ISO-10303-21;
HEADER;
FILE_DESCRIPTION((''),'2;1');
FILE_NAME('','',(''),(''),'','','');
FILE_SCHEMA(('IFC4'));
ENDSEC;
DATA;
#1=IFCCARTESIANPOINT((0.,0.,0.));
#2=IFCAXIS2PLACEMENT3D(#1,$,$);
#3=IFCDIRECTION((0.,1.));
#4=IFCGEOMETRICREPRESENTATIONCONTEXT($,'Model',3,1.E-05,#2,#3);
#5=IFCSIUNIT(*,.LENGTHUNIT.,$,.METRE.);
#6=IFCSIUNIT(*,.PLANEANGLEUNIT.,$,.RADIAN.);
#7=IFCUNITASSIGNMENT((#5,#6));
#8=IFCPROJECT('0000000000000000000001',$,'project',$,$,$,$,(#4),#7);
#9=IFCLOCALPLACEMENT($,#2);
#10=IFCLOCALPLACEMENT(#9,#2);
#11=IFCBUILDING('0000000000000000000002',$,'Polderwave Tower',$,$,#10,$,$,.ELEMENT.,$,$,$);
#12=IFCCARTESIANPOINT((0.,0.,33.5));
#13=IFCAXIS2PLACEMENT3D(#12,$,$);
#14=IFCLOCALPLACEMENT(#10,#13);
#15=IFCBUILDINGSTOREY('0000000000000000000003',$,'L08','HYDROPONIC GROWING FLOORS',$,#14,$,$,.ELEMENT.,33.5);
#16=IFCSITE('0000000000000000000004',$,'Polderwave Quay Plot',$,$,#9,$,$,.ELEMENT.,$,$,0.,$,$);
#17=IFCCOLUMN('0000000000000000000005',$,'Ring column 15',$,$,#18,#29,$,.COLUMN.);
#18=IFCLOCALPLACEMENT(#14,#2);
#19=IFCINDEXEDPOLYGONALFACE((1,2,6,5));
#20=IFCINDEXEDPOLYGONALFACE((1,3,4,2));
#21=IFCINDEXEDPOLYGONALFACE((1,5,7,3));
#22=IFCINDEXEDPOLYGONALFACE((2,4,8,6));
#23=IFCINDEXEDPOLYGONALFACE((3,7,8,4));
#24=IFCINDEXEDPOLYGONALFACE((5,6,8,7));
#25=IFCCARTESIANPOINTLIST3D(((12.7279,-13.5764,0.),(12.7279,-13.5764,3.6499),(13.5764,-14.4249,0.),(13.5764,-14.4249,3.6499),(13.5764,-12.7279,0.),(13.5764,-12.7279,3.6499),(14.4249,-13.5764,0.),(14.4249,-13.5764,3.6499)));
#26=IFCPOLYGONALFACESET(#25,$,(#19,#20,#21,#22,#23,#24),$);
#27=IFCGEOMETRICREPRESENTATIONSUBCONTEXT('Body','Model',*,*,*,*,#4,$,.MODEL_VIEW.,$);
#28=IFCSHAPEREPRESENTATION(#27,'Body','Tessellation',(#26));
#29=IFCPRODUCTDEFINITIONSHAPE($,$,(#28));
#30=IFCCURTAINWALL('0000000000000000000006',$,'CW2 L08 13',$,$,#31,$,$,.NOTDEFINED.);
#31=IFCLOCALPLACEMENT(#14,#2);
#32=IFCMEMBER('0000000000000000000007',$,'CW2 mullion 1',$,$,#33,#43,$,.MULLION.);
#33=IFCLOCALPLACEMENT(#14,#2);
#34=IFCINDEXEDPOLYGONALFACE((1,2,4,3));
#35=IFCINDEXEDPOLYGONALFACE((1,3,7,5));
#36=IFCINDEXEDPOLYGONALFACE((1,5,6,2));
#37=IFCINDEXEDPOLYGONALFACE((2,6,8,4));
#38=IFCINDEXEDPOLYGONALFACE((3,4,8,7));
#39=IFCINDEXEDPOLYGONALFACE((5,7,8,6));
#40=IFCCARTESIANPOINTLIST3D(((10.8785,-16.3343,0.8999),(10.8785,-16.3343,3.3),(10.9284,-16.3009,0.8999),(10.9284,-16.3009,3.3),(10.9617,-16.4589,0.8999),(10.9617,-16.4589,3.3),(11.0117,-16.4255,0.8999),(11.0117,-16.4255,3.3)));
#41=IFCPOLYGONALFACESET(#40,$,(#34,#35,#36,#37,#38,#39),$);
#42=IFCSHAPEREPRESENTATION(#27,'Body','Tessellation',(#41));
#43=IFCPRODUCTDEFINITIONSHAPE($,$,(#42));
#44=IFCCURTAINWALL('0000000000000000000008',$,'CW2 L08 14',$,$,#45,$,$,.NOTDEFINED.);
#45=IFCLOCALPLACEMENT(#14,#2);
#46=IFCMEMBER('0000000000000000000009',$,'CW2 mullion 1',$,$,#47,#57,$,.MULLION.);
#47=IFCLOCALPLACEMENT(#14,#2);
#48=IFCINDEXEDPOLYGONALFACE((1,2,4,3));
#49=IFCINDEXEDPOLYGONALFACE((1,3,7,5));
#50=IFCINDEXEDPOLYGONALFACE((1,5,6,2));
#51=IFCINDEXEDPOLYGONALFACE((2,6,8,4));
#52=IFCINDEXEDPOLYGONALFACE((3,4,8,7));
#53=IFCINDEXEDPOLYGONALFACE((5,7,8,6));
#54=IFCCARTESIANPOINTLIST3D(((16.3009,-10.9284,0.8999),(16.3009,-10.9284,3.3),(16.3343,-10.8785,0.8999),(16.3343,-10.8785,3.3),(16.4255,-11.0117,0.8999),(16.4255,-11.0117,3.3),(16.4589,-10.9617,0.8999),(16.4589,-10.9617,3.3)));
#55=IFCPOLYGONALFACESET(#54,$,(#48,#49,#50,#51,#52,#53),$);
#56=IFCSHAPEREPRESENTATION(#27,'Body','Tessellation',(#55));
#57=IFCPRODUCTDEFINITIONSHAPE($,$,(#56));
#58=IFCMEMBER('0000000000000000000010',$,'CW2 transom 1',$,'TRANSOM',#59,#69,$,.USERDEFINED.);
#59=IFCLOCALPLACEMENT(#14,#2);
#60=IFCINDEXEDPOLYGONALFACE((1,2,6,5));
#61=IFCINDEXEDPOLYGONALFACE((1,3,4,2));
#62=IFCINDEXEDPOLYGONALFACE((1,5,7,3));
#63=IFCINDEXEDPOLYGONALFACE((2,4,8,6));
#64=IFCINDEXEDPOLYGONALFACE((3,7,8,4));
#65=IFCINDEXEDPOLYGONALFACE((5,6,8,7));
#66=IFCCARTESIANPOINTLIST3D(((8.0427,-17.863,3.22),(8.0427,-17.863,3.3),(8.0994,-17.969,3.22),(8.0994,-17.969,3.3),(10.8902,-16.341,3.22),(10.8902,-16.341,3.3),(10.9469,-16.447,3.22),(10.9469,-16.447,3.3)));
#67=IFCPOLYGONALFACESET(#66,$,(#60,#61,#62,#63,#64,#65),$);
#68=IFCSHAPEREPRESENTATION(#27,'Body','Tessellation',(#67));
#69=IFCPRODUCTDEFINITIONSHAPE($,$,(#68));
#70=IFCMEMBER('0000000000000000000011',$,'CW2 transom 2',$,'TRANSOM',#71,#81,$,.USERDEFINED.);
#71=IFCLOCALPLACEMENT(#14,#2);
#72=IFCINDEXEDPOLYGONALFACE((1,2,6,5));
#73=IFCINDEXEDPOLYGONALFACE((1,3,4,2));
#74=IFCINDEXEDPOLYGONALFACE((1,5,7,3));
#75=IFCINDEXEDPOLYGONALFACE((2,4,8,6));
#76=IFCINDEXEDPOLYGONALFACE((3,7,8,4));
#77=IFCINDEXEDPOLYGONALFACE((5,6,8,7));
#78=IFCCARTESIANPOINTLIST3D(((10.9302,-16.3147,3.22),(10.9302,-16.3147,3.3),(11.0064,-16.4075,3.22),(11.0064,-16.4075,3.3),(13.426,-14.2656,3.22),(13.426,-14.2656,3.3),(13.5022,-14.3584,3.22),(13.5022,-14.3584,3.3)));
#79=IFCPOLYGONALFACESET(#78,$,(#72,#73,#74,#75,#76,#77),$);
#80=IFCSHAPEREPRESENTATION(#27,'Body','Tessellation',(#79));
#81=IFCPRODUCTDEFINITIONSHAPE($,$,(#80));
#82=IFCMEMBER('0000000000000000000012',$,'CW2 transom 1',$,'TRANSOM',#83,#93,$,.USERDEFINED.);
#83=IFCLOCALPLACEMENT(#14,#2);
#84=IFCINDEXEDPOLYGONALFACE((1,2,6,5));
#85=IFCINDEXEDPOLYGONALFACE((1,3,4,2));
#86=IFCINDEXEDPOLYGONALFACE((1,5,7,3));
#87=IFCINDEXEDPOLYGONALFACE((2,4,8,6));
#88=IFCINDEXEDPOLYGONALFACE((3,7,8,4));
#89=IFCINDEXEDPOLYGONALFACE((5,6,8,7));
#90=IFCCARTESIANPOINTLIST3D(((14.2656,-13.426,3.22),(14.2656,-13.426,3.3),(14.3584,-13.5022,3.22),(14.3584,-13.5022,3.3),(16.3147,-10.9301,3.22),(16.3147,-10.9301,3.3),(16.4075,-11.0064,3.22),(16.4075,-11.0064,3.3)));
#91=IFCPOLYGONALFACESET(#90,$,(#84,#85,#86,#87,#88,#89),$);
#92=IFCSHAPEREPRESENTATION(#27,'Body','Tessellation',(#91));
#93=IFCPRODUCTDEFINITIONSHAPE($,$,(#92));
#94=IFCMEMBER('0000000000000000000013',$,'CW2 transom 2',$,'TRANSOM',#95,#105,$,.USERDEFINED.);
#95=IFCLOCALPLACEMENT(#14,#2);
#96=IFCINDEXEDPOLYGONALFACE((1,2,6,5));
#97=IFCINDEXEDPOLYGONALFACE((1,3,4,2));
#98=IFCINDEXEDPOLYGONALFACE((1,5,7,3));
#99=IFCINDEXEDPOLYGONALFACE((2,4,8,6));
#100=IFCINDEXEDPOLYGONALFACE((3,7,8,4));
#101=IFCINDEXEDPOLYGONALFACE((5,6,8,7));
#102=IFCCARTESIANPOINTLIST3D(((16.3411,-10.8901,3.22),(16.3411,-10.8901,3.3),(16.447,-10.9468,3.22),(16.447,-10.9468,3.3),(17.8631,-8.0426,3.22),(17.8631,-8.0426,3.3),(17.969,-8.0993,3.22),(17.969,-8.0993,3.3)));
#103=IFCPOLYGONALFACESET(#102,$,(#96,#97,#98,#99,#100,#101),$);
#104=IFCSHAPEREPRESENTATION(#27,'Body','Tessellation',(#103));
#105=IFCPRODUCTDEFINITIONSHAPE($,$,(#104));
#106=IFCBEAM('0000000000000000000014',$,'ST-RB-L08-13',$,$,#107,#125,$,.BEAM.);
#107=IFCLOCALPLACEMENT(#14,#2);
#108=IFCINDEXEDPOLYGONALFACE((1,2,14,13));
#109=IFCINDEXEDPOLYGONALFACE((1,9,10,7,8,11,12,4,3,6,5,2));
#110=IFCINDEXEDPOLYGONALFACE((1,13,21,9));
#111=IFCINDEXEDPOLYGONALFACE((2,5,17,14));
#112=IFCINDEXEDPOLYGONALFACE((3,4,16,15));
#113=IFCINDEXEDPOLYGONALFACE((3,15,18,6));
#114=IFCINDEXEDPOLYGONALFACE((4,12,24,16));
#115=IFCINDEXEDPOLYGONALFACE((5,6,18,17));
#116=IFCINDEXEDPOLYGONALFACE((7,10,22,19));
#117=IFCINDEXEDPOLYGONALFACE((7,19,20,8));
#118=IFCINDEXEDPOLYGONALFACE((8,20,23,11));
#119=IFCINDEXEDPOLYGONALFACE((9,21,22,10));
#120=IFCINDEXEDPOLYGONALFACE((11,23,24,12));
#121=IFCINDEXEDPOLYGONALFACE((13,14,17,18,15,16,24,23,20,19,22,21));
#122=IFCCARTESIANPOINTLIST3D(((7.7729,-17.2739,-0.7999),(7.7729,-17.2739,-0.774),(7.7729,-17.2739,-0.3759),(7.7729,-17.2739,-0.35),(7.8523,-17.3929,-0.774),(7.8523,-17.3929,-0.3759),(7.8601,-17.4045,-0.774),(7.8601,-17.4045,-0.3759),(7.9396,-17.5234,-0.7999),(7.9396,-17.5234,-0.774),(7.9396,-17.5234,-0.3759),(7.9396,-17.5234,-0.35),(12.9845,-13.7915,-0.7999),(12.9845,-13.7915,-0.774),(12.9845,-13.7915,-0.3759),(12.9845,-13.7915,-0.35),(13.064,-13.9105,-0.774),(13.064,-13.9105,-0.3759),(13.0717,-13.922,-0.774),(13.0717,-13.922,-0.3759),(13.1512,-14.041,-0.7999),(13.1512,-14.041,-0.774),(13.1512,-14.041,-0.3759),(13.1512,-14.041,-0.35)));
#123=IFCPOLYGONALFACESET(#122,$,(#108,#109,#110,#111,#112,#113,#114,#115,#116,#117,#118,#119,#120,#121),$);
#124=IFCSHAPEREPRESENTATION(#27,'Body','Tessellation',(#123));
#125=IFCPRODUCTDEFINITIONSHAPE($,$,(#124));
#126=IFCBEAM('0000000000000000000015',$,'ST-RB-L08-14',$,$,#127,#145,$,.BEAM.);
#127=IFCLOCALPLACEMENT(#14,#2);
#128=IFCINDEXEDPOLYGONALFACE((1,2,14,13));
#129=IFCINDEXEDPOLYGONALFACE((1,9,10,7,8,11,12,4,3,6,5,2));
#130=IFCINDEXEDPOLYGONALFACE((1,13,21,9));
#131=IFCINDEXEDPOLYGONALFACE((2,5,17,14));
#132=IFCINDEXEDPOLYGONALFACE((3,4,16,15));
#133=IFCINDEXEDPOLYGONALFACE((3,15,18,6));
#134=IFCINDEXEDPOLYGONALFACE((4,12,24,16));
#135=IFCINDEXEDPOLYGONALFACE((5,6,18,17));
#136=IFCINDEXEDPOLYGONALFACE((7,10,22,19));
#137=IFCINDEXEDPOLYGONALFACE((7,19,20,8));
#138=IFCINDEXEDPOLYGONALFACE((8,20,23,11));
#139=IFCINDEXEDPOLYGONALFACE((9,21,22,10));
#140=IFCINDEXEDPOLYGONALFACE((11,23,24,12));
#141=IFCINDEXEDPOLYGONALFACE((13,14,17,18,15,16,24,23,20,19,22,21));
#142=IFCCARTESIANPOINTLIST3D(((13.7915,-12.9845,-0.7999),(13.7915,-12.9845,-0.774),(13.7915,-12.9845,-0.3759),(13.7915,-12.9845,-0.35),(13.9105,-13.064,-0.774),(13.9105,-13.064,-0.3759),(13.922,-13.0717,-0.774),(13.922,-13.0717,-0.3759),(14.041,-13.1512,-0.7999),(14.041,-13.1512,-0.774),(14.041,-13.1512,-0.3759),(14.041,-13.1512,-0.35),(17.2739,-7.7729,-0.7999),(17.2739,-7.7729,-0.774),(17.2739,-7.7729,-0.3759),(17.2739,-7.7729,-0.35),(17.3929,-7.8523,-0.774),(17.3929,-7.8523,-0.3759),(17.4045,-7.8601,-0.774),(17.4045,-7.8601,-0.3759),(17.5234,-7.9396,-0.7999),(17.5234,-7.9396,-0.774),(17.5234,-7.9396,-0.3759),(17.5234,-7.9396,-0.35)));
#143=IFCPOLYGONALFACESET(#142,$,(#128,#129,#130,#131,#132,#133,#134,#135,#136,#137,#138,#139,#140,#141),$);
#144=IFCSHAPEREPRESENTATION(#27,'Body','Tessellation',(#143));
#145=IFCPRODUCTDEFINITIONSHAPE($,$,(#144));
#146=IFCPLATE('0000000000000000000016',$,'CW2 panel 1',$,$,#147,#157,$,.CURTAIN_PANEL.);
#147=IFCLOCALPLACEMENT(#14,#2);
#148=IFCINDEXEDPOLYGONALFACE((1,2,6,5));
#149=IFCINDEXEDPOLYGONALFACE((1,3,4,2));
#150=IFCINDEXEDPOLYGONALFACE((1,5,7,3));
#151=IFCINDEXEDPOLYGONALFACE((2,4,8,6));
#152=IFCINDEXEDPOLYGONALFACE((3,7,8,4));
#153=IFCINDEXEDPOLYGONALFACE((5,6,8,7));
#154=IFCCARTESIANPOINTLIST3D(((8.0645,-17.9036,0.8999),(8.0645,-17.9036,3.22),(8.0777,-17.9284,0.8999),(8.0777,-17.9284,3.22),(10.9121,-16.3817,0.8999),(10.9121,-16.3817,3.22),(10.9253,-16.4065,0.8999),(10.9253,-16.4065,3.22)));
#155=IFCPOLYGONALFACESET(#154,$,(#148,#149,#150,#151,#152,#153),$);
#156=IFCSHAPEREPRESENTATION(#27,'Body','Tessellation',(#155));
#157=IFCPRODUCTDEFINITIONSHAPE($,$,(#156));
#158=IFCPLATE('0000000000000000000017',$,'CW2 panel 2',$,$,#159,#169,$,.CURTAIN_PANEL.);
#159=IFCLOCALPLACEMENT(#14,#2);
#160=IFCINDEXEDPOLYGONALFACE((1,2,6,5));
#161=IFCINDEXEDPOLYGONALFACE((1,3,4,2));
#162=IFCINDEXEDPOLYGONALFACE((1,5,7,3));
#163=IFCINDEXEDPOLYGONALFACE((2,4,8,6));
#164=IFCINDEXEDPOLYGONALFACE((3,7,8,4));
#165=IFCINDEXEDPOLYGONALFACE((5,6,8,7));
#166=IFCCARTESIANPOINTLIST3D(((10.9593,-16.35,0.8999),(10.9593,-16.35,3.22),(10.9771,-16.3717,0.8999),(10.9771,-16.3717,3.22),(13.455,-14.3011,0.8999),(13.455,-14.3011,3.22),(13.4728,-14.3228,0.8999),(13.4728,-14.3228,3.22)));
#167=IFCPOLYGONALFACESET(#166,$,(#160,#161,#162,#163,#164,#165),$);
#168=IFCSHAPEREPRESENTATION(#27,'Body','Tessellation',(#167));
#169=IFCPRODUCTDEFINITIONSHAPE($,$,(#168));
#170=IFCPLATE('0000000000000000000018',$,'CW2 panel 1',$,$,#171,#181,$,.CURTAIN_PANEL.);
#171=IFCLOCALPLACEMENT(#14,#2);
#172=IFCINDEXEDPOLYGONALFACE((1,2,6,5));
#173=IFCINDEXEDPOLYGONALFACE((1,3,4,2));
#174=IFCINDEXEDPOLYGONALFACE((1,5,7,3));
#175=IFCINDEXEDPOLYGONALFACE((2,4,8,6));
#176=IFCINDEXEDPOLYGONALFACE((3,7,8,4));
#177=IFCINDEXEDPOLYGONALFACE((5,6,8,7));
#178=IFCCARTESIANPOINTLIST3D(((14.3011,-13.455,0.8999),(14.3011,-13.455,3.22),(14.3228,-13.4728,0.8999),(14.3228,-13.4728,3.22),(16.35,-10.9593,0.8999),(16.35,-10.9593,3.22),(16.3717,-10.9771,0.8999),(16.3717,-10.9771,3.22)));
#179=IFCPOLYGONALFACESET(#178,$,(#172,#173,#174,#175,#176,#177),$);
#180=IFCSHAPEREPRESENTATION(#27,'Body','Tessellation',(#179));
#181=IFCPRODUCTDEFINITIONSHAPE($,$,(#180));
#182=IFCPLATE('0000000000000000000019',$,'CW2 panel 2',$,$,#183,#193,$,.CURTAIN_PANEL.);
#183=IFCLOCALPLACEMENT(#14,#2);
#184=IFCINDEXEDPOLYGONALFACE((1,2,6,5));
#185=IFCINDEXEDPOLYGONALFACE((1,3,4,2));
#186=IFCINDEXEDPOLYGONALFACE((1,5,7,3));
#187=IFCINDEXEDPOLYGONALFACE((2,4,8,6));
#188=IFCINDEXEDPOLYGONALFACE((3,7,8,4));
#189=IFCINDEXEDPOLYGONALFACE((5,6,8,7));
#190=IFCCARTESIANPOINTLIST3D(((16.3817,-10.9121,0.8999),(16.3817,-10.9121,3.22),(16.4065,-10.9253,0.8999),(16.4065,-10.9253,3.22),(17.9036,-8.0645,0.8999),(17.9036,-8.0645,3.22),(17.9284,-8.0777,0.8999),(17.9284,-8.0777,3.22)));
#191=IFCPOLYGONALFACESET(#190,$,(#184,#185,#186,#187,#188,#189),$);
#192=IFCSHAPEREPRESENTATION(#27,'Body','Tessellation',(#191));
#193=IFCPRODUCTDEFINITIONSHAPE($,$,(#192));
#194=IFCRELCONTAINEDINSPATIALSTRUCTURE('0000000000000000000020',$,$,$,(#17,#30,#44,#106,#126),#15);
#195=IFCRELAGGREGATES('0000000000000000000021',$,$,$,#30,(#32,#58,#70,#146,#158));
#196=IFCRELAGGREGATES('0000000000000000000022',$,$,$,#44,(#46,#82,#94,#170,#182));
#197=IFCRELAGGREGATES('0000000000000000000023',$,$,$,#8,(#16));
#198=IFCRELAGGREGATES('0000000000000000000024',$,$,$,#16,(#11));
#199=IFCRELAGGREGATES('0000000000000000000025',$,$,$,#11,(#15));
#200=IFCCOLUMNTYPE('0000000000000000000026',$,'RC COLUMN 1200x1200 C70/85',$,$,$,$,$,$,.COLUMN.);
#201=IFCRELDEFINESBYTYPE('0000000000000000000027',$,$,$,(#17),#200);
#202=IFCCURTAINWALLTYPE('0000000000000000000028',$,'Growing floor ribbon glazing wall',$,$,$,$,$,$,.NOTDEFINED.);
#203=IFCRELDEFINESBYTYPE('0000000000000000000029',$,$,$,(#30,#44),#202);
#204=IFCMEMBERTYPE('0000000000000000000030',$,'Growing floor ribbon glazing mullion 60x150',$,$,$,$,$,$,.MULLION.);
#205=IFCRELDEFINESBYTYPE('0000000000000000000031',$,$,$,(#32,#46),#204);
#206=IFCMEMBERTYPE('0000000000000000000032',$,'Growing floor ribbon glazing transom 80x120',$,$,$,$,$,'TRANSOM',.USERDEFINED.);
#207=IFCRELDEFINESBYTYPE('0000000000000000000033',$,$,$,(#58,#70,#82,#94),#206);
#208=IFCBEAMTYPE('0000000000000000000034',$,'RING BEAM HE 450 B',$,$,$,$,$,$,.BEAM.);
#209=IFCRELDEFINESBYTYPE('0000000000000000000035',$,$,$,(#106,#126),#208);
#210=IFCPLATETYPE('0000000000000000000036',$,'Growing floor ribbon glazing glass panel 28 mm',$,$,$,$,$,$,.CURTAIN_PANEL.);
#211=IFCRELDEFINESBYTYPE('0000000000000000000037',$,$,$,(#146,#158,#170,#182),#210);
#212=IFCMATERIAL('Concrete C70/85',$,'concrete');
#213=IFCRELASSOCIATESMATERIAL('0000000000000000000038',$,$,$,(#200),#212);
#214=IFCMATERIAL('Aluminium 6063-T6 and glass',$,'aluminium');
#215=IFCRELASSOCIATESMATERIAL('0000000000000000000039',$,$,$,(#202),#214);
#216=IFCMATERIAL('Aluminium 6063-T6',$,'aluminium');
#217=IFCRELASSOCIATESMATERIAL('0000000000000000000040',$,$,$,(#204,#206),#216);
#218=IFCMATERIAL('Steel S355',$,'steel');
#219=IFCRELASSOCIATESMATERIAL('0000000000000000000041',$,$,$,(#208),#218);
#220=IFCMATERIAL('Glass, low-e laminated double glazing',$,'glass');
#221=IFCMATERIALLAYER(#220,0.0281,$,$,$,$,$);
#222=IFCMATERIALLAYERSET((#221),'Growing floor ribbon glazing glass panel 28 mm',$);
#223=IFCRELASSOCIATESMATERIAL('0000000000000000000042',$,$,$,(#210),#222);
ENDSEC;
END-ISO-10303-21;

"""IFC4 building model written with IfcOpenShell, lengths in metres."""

from ifc_helpers import new_model, si_unit, direction, frame, origin, origin_2d, place, context, subcontext, project, spatial, rectangle, i_section, extrude, material, layer, layer_set, material_profile, profile_set, type_object, element, aggregate, save


model = new_model("IFC4")

# Units and contexts
model_context = context("Model", 3, precision=1e-05, world=origin(), true_north=direction((0.0, 1.0)))
body_context = subcontext(model_context, "Body", "Model", "MODEL_VIEW")
ifc_project = project(units=[si_unit("LENGTHUNIT", "METRE"), si_unit("PLANEANGLEUNIT", "RADIAN")], contexts=[model_context])

# Site, building, storey
site_placement = place(None, origin())
site = spatial("IfcSite", under=ifc_project, at=site_placement, Name="Polderwave Quay Plot", CompositionType="ELEMENT", RefElevation=0.0)
building_placement = place(site_placement, origin())
building = spatial("IfcBuilding", under=site, at=building_placement, Name="Polderwave Tower", CompositionType="ELEMENT")
storey_placement = place(building_placement, frame((0.0, 0.0, 33.5)))
storey = spatial("IfcBuildingStorey", under=building, at=storey_placement, Name="L08", Description="HYDROPONIC GROWING FLOORS", CompositionType="ELEMENT", Elevation=33.5)

# Column
ifc_material_1 = material(Name="Concrete C70/85", Category="concrete")
ifc_material_profile_1 = material_profile(ifc_material_1, rectangle(XDim=1.2, YDim=1.2, at=origin_2d()), Name="RC 1200x1200")
ifc_profile_set_1 = profile_set([ifc_material_profile_1], Name="Concrete C70/85")
column_type = type_object("IfcColumnType", Name="RC COLUMN 1200x1200 C70/85", PredefinedType="COLUMN", material=ifc_profile_set_1)
column_placement = place(storey_placement, frame((13.5764, -13.5764, 0.0), z_axis=(0.0, 0.0, 1.0), x_axis=(0.707107, -0.707107, 0.0)))
element("IfcColumn", 1, at=column_placement, inside=storey, type_object=column_type, Name="Ring column 15", PredefinedType="COLUMN", context=body_context, shape_type="SweptSolid", body=[
    extrude(rectangle(XDim=1.2, YDim=1.2, at=origin_2d()), origin(), (0.0, 0.0, 1.0), 3.6499),
])

# Curtain walls, members
ifc_material_2 = material(Name="Aluminium 6063-T6 and glass", Category="aluminium")
curtain_wall_type = type_object("IfcCurtainWallType", Name="Growing floor ribbon glazing wall", PredefinedType="NOTDEFINED", material=ifc_material_2)
curtain_wall_1_placement = place(storey_placement, origin())
curtain_wall_1 = element("IfcCurtainWall", 2, at=curtain_wall_1_placement, inside=storey, type_object=curtain_wall_type, Name="CW2 L08 13", PredefinedType="NOTDEFINED")
ifc_material_3 = material(Name="Aluminium 6063-T6", Category="aluminium")
ifc_material_profile_2 = material_profile(ifc_material_3, rectangle(XDim=0.1499, YDim=0.0601, at=origin_2d()), Name="AL 60x150")
ifc_profile_set_2 = profile_set([ifc_material_profile_2], Name="Aluminium 6063-T6")
member_type_1 = type_object("IfcMemberType", Name="Growing floor ribbon glazing mullion 60x150", PredefinedType="MULLION", material=ifc_profile_set_2)
member_1_placement = place(storey_placement, frame((10.9451, -16.3799, 0.8999), z_axis=(0.0, 0.0, 1.0), x_axis=(-0.55562, 0.831437, 0.0)))
member_1 = element("IfcMember", 3, at=member_1_placement, type_object=member_type_1, Name="CW2 mullion 1", PredefinedType="MULLION", context=body_context, shape_type="SweptSolid", body=[
    extrude(rectangle(XDim=0.1499, YDim=0.0601, at=origin_2d()), origin(), (0.0, 0.0, 1.0), 2.4001),
])
curtain_wall_2_placement = place(storey_placement, origin())
curtain_wall_2 = element("IfcCurtainWall", 4, at=curtain_wall_2_placement, inside=storey, type_object=curtain_wall_type, Name="CW2 L08 14", PredefinedType="NOTDEFINED")
member_2_placement = place(storey_placement, frame((16.3799, -10.9451, 0.8999), z_axis=(0.0, 0.0, 1.0), x_axis=(-0.831437, 0.55562, 0.0)))
member_2 = element("IfcMember", 5, at=member_2_placement, type_object=member_type_1, Name="CW2 mullion 1", PredefinedType="MULLION", context=body_context, shape_type="SweptSolid", body=[
    extrude(rectangle(XDim=0.1499, YDim=0.0601, at=origin_2d()), origin(), (0.0, 0.0, 1.0), 2.4001),
])

# Members
ifc_material_profile_3 = material_profile(ifc_material_3, rectangle(XDim=0.1201, YDim=0.0801, at=origin_2d()), Name="AL 80x120")
ifc_profile_set_3 = profile_set([ifc_material_profile_3], Name="Aluminium 6063-T6")
member_type_2 = type_object("IfcMemberType", Name="Growing floor ribbon glazing transom 80x120", ElementType="TRANSOM", PredefinedType="USERDEFINED", material=ifc_profile_set_3)
member_3_placement = place(storey_placement, frame((8.071, -17.916, 3.26), z_axis=(0.881921, 0.471397, 0.0), x_axis=(-0.471397, 0.881921, 0.0)))
member_3 = element("IfcMember", 6, at=member_3_placement, type_object=member_type_2, Name="CW2 transom 1", ObjectType="TRANSOM", PredefinedType="USERDEFINED", context=body_context, shape_type="SweptSolid", body=[
    extrude(rectangle(XDim=0.1201, YDim=0.0801, at=origin_2d()), origin(), (0.0, 0.0, 1.0), 3.2288),
])
member_4_placement = place(storey_placement, frame((10.9683, -16.3611, 3.26), z_axis=(0.772892, 0.634538, 0.0), x_axis=(-0.634538, 0.772892, 0.0)))
member_4 = element("IfcMember", 7, at=member_4_placement, type_object=member_type_2, Name="CW2 transom 2", ObjectType="TRANSOM", PredefinedType="USERDEFINED", context=body_context, shape_type="SweptSolid", body=[
    extrude(rectangle(XDim=0.1201, YDim=0.0801, at=origin_2d()), origin(), (0.0, 0.0, 1.0), 3.2292),
])
member_5_placement = place(storey_placement, frame((14.312, -13.4641, 3.26), z_axis=(0.634538, 0.772892, 0.0), x_axis=(-0.772892, 0.634538, 0.0)))
member_5 = element("IfcMember", 8, at=member_5_placement, type_object=member_type_2, Name="CW2 transom 1", ObjectType="TRANSOM", PredefinedType="USERDEFINED", context=body_context, shape_type="SweptSolid", body=[
    extrude(rectangle(XDim=0.1201, YDim=0.0801, at=origin_2d()), origin(), (0.0, 0.0, 1.0), 3.2292),
])
member_6_placement = place(storey_placement, frame((16.394, -10.9185, 3.26), z_axis=(0.471397, 0.881921, 0.0), x_axis=(-0.881921, 0.471397, 0.0)))
member_6 = element("IfcMember", 9, at=member_6_placement, type_object=member_type_2, Name="CW2 transom 2", ObjectType="TRANSOM", PredefinedType="USERDEFINED", context=body_context, shape_type="SweptSolid", body=[
    extrude(rectangle(XDim=0.1201, YDim=0.0801, at=origin_2d()), origin(), (0.0, 0.0, 1.0), 3.2288),
])

# Beams
ifc_material_4 = material(Name="Steel S355", Category="steel")
ifc_material_profile_4 = material_profile(ifc_material_4, i_section(OverallWidth=0.3, OverallDepth=0.45, WebThickness=0.0139, FlangeThickness=0.0259, at=origin_2d()), Name="HE 450 B")
ifc_profile_set_4 = profile_set([ifc_material_profile_4], Name="Steel S355")
beam_type = type_object("IfcBeamType", Name="RING BEAM HE 450 B", PredefinedType="BEAM", material=ifc_profile_set_4)
for number, where, z_axis, x_axis, name in (
    (10, (7.8562, -17.3987, -0.575), (0.831463, 0.555581, 0.0), (-0.555581, 0.831463, 0.0), "ST-RB-L08-13"),
    (11, (13.9163, -13.0679, -0.575), (0.555581, 0.831463, 0.0), (-0.831463, 0.555581, 0.0), "ST-RB-L08-14"),
):
    element("IfcBeam", number, at=place(storey_placement, frame(where, z_axis=z_axis, x_axis=x_axis)), inside=storey, type_object=beam_type, Name=name, PredefinedType="BEAM", context=body_context, shape_type="SweptSolid", body=[
        extrude(i_section(OverallWidth=0.3, OverallDepth=0.45, WebThickness=0.0139, FlangeThickness=0.0259, at=origin_2d()), origin(), (0.0, 0.0, 1.0), 6.2681),
    ])

# Plates
ifc_material_5 = material(Name="Glass, low-e laminated double glazing", Category="glass")
ifc_layer_1 = layer(ifc_material_5, 0.0281)
ifc_layer_set_1 = layer_set([ifc_layer_1], Name="Growing floor ribbon glazing glass panel 28 mm")
plate_type = type_object("IfcPlateType", Name="Growing floor ribbon glazing glass panel 28 mm", PredefinedType="CURTAIN_PANEL", material=ifc_layer_set_1)
plate_1_placement = place(storey_placement, frame((9.4949, -17.155, 0.8999), z_axis=(0.0, 0.0, 1.0), x_axis=(0.881945, 0.471352, 0.0)))
plate_1 = element("IfcPlate", 12, at=plate_1_placement, type_object=plate_type, Name="CW2 panel 1", PredefinedType="CURTAIN_PANEL", context=body_context, shape_type="SweptSolid", body=[
    extrude(rectangle(XDim=3.2288, YDim=0.0281, at=origin_2d()), origin(), (0.0, 0.0, 1.0), 2.3201),
])
plate_2_placement = place(storey_placement, frame((12.2161, -15.3364, 0.8999), z_axis=(0.0, 0.0, 1.0), x_axis=(0.772903, 0.634524, 0.0)))
plate_2 = element("IfcPlate", 13, at=plate_2_placement, type_object=plate_type, Name="CW2 panel 2", PredefinedType="CURTAIN_PANEL", context=body_context, shape_type="SweptSolid", body=[
    extrude(rectangle(XDim=3.229, YDim=0.0281, at=origin_2d()), origin(), (0.0, 0.0, 1.0), 2.3201),
])
aggregate(curtain_wall_1, [member_1, member_3, member_4, plate_1, plate_2])
plate_3_placement = place(storey_placement, frame((15.3364, -12.2161, 0.8999), z_axis=(0.0, 0.0, 1.0), x_axis=(0.634524, 0.772903, 0.0)))
plate_3 = element("IfcPlate", 14, at=plate_3_placement, type_object=plate_type, Name="CW2 panel 1", PredefinedType="CURTAIN_PANEL", context=body_context, shape_type="SweptSolid", body=[
    extrude(rectangle(XDim=3.229, YDim=0.0281, at=origin_2d()), origin(), (0.0, 0.0, 1.0), 2.3201),
])
plate_4_placement = place(storey_placement, frame((17.155, -9.4949, 0.8999), z_axis=(0.0, 0.0, 1.0), x_axis=(0.471352, 0.881945, 0.0)))
plate_4 = element("IfcPlate", 15, at=plate_4_placement, type_object=plate_type, Name="CW2 panel 2", PredefinedType="CURTAIN_PANEL", context=body_context, shape_type="SweptSolid", body=[
    extrude(rectangle(XDim=3.2288, YDim=0.0281, at=origin_2d()), origin(), (0.0, 0.0, 1.0), 2.3201),
])
aggregate(curtain_wall_2, [member_2, member_5, member_6, plate_3, plate_4])

save(model, "model.ifc")
